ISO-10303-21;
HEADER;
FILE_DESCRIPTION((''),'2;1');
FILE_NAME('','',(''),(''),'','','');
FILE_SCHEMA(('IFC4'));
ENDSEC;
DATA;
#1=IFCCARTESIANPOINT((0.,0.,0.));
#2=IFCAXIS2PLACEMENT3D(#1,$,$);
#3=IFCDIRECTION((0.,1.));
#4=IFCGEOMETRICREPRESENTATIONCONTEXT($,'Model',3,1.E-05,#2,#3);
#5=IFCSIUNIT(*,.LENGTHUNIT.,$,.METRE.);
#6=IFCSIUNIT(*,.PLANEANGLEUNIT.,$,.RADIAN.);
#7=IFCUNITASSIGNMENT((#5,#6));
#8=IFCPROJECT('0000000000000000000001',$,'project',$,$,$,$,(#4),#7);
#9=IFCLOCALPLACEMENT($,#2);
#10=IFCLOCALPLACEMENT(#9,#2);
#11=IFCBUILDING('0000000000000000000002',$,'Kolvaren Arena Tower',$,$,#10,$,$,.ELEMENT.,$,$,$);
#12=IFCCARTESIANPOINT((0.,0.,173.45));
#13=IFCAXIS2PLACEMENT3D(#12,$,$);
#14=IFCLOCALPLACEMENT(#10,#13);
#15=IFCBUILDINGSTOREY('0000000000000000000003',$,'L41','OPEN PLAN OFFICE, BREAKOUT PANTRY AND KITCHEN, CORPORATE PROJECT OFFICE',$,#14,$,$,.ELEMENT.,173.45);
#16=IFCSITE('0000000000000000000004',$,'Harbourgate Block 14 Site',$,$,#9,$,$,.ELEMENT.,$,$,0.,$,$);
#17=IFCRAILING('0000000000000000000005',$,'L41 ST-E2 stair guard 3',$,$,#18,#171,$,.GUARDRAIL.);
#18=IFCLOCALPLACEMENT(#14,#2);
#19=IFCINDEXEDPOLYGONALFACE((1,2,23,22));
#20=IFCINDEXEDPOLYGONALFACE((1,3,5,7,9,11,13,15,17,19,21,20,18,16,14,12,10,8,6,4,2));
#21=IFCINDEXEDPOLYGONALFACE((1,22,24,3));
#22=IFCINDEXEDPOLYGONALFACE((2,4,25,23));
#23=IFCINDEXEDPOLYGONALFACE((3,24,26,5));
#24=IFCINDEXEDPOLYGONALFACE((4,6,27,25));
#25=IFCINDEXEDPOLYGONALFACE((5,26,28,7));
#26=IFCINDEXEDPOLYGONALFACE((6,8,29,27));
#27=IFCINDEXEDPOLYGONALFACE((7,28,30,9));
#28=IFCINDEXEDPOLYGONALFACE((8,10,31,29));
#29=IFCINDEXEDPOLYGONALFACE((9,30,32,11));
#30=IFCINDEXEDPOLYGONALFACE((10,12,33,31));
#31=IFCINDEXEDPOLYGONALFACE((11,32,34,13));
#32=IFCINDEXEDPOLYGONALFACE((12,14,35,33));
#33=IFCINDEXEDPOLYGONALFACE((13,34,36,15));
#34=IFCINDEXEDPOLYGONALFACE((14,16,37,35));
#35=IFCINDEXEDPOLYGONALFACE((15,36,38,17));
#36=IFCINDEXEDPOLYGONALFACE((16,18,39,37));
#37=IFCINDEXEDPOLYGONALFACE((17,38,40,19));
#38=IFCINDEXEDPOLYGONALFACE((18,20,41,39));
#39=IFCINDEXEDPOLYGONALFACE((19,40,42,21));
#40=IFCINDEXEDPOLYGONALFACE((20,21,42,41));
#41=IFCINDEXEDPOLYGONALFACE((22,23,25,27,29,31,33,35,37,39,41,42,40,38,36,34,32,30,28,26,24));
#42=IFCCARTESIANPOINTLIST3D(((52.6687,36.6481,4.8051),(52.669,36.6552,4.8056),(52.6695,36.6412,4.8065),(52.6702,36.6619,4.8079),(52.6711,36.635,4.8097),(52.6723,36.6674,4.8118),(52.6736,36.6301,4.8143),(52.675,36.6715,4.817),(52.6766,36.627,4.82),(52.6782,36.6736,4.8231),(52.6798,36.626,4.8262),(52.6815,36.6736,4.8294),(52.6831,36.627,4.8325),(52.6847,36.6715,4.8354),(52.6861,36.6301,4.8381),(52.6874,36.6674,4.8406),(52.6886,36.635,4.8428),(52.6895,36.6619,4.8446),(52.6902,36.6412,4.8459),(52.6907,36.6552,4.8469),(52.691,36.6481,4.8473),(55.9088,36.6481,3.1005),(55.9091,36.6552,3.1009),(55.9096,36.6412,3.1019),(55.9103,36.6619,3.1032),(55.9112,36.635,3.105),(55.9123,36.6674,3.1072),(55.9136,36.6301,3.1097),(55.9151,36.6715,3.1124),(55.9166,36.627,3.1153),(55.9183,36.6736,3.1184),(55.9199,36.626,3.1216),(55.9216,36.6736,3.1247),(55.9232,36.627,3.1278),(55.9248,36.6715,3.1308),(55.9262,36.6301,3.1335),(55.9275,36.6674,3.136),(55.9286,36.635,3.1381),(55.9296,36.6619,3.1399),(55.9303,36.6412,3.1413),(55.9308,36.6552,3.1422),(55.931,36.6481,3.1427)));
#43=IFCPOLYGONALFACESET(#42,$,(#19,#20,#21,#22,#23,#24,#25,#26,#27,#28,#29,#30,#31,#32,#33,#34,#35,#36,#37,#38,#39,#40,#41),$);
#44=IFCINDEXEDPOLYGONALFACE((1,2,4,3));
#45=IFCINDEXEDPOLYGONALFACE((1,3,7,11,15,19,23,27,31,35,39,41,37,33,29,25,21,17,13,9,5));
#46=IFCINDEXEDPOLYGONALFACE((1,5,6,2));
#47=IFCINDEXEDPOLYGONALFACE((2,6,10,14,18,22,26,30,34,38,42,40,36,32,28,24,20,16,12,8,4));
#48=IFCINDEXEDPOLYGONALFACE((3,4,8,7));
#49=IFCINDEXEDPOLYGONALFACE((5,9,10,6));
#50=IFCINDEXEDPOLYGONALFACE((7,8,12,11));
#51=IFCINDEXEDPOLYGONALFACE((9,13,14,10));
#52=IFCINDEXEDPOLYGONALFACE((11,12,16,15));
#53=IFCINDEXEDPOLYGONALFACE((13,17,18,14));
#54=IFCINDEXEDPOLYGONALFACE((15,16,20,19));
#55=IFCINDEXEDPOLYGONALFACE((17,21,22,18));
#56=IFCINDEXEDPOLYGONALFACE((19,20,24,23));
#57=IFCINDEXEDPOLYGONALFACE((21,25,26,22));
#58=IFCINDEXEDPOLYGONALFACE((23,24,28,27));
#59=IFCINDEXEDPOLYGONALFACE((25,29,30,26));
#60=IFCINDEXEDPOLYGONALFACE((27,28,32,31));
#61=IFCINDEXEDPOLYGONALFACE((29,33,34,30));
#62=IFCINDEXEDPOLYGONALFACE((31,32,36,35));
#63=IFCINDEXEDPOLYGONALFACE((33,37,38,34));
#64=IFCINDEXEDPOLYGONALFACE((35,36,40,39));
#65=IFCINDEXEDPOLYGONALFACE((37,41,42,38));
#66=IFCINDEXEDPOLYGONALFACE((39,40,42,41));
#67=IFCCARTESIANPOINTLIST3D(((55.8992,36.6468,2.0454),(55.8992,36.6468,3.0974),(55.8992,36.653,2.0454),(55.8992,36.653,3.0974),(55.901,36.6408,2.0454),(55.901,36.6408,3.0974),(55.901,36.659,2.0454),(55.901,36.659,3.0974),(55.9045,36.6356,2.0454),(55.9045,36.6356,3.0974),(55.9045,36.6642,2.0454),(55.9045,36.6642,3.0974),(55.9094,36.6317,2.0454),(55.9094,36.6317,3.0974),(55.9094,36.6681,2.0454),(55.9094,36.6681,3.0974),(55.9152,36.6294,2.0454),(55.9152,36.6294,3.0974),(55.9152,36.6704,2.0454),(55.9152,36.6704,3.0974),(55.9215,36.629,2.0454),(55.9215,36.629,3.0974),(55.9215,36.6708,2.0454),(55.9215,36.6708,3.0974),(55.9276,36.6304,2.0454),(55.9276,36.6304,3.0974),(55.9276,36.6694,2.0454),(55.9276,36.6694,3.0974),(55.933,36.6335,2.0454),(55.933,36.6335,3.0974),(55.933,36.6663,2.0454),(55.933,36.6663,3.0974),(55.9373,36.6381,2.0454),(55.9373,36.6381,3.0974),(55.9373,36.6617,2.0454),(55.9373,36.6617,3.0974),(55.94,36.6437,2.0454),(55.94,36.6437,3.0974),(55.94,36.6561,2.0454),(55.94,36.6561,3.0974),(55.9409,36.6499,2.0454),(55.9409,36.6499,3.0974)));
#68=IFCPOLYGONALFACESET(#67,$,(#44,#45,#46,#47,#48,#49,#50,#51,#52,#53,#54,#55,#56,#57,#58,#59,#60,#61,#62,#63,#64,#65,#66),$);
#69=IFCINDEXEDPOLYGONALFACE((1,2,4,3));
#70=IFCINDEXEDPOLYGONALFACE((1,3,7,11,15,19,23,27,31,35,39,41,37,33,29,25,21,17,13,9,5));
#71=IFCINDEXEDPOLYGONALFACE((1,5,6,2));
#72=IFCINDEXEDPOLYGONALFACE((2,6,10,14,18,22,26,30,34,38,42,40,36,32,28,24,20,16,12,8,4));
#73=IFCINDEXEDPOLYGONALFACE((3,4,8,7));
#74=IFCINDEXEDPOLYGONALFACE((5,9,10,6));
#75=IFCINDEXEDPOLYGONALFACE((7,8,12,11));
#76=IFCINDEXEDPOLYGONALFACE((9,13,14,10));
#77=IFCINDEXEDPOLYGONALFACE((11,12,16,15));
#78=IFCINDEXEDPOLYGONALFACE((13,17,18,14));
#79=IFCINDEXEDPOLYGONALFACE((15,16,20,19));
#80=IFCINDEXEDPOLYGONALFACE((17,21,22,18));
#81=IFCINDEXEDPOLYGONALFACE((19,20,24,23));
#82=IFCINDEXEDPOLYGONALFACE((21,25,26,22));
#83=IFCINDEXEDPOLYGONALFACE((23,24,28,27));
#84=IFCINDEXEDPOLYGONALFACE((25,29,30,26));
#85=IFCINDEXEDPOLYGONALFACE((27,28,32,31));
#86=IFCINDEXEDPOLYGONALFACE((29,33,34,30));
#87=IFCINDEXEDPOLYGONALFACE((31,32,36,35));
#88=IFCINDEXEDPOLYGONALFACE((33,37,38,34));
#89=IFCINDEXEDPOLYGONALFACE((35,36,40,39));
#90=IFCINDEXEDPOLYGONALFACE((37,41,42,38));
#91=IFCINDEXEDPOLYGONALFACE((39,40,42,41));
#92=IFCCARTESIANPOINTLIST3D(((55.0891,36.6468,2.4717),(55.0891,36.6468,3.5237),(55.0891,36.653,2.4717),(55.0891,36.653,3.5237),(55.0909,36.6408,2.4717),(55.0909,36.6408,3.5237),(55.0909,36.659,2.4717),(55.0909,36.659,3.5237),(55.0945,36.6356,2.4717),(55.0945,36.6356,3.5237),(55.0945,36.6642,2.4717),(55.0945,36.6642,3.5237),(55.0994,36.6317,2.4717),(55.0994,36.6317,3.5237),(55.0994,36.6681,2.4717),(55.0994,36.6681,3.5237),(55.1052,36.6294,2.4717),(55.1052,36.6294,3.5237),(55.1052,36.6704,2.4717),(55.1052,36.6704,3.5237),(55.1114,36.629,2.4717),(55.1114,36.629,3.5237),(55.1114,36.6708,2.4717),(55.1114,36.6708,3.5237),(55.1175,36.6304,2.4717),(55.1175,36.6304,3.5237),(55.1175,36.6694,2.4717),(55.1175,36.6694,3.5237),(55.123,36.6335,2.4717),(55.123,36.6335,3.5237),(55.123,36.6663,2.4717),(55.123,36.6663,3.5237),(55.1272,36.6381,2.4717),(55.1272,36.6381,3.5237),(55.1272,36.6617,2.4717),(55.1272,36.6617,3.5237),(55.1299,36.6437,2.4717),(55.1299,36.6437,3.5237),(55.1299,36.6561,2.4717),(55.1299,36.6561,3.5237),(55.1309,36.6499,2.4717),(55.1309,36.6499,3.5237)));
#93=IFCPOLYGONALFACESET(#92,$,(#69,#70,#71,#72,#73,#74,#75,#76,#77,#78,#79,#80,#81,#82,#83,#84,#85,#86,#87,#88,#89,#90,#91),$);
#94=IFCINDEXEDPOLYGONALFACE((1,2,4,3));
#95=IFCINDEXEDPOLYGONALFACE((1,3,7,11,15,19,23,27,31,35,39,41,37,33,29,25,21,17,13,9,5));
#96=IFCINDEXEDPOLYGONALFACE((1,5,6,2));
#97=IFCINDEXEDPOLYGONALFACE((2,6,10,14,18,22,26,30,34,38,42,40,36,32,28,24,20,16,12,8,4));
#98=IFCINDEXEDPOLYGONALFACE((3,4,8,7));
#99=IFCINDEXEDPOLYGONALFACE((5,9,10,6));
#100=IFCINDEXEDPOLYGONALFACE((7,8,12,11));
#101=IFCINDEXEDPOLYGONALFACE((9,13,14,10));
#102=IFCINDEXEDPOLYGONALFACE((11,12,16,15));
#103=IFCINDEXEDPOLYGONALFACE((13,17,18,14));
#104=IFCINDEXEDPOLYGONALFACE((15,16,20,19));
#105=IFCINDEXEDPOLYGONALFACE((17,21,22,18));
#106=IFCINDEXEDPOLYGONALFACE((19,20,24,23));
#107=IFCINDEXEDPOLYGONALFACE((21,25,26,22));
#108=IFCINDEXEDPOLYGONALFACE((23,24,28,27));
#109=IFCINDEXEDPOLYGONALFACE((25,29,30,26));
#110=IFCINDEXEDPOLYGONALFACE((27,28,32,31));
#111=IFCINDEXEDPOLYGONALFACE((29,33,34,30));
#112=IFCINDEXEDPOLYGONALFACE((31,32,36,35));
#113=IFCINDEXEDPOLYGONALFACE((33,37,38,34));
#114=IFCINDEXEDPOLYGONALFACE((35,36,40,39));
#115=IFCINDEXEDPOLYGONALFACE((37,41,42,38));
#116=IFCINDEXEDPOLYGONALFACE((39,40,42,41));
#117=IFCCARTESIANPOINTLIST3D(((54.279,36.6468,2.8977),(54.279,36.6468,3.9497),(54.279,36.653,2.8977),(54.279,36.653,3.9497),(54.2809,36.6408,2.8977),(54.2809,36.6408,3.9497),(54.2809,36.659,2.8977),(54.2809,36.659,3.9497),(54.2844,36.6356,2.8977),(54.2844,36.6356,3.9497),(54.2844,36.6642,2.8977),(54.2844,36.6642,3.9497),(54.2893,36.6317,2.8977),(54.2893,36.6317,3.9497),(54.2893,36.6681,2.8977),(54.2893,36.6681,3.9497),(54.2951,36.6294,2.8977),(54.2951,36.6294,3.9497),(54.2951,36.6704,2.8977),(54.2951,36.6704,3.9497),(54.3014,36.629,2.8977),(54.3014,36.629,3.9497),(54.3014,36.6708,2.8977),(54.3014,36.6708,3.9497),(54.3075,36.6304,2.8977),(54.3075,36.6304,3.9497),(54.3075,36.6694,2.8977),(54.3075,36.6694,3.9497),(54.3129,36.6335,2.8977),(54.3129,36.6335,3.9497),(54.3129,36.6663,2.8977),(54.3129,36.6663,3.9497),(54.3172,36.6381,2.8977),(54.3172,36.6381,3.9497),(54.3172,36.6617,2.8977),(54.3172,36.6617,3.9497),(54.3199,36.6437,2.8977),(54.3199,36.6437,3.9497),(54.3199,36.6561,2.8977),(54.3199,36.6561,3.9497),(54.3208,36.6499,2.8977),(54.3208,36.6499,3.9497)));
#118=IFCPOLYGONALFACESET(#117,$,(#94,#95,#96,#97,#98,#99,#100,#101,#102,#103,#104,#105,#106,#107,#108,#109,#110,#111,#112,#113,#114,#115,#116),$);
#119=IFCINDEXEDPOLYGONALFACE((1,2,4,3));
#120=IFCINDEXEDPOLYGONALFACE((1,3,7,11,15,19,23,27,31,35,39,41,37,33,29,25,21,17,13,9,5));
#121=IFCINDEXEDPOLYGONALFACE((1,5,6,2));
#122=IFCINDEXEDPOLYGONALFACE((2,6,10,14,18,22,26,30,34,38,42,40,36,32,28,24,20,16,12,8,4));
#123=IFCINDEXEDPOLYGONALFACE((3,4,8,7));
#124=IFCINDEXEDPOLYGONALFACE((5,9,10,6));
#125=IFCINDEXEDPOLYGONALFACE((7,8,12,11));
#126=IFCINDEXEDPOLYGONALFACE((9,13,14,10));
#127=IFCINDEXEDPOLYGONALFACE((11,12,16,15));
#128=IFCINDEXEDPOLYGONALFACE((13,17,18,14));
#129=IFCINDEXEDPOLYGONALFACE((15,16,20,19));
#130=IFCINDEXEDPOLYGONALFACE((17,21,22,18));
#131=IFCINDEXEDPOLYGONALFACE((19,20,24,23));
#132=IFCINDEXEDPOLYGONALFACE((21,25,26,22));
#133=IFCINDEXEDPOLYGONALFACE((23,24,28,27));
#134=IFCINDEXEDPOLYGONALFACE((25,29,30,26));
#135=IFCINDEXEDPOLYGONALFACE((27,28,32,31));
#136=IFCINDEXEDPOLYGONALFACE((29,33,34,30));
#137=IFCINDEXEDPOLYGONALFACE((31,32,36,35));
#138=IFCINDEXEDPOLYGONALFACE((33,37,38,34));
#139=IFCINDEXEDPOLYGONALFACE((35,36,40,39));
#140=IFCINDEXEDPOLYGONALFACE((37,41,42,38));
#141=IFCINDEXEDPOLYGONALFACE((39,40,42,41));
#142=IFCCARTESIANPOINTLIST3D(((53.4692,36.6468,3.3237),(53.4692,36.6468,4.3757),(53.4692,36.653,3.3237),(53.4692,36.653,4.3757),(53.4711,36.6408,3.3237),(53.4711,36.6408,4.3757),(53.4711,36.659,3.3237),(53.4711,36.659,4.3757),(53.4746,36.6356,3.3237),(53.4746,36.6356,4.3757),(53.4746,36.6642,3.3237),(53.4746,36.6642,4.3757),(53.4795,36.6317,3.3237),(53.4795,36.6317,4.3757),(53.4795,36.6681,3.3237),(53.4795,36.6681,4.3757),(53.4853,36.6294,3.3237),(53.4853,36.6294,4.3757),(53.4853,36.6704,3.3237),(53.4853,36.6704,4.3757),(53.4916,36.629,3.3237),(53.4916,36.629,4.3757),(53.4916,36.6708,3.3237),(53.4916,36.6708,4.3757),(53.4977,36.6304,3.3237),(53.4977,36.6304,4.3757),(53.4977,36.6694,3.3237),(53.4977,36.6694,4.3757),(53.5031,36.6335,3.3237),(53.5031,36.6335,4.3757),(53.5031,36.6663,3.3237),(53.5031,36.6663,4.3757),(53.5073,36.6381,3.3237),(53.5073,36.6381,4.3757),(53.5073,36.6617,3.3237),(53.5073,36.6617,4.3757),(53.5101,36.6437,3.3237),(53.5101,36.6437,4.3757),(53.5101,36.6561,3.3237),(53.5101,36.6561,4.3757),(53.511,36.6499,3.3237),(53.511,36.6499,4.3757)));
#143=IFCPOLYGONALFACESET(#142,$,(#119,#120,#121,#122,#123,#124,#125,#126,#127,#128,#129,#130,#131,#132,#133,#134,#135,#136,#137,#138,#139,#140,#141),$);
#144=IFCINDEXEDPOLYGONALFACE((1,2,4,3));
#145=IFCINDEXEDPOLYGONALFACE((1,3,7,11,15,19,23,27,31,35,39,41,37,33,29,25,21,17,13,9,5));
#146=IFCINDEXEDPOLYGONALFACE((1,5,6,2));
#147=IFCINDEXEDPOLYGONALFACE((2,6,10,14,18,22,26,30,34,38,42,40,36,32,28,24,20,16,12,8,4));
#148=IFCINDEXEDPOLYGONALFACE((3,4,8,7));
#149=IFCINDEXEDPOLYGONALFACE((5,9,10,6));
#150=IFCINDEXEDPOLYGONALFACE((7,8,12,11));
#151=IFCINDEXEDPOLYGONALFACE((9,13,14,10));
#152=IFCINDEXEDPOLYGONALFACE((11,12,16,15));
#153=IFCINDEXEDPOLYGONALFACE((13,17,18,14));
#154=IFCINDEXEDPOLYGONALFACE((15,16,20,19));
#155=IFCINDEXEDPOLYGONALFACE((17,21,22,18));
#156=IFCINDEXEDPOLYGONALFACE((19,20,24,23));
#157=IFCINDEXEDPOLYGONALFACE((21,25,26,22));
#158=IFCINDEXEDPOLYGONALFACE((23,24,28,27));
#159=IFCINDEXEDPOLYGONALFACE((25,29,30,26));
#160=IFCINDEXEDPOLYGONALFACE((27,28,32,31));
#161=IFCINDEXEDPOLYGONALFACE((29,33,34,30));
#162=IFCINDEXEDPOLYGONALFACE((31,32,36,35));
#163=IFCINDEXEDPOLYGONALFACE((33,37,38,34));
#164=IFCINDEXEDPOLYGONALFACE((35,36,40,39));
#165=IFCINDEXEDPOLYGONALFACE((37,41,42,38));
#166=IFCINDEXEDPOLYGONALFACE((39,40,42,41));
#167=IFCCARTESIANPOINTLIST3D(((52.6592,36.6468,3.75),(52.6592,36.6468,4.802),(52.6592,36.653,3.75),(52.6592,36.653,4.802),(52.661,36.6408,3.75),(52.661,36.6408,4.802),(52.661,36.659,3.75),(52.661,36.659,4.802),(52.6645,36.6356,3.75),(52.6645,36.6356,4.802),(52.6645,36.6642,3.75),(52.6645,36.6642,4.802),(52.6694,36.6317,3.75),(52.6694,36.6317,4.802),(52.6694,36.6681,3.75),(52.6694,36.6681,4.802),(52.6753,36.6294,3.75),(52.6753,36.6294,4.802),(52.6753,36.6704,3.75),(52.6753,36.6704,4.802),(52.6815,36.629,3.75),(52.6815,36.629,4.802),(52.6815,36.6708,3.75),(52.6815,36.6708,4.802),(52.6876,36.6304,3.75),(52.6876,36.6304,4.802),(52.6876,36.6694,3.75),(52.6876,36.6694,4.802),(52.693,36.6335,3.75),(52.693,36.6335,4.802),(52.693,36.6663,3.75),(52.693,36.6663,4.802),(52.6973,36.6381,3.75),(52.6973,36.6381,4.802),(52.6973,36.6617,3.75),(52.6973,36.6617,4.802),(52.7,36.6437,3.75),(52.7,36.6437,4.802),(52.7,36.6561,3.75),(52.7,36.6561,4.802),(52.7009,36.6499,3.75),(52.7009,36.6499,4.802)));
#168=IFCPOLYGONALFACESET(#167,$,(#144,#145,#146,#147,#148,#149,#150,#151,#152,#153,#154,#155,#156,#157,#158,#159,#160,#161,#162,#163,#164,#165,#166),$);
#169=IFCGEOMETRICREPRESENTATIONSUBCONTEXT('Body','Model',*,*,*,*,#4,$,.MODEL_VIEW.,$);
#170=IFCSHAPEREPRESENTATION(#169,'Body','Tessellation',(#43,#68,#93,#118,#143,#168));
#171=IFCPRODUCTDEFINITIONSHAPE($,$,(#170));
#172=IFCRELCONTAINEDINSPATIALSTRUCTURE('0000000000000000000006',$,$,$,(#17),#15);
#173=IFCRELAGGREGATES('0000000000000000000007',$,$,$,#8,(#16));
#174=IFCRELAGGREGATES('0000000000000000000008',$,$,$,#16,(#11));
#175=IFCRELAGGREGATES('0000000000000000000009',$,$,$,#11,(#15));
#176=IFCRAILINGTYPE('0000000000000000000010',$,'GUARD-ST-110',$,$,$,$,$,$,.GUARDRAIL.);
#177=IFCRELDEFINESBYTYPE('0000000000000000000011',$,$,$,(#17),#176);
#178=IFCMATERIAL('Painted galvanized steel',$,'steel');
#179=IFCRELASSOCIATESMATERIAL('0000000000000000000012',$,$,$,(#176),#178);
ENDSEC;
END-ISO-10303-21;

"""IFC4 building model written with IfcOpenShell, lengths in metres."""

from ifc_helpers import new_model, si_unit, direction, frame, origin, origin_2d, place, context, subcontext, project, spatial, circle, extrude, material, type_object, element, save


model = new_model("IFC4")

# Units and contexts
model_context = context("Model", 3, precision=1e-05, world=origin(), true_north=direction((0.0, 1.0)))
body_context = subcontext(model_context, "Body", "Model", "MODEL_VIEW")
ifc_project = project(units=[si_unit("LENGTHUNIT", "METRE"), si_unit("PLANEANGLEUNIT", "RADIAN")], contexts=[model_context])

# Site, building, storey
site_placement = place(None, origin())
site = spatial("IfcSite", under=ifc_project, at=site_placement, Name="Harbourgate Block 14 Site", CompositionType="ELEMENT", RefElevation=0.0)
building_placement = place(site_placement, origin())
building = spatial("IfcBuilding", under=site, at=building_placement, Name="Kolvaren Arena Tower", CompositionType="ELEMENT")
storey_placement = place(building_placement, frame((0.0, 0.0, 173.45)))
storey = spatial("IfcBuildingStorey", under=building, at=storey_placement, Name="L41", Description="OPEN PLAN OFFICE, BREAKOUT PANTRY AND KITCHEN, CORPORATE PROJECT OFFICE", CompositionType="ELEMENT", Elevation=173.45)

# Railing
ifc_material_1 = material(Name="Painted galvanized steel", Category="steel")
railing_type_1 = type_object("IfcRailingType", Name="GUARD-ST-110", PredefinedType="GUARDRAIL", material=ifc_material_1)
railing_1_placement = place(storey_placement, frame((55.9199, 36.6499, 2.0454)))
element("IfcRailing", 1, at=railing_1_placement, inside=storey, type_object=railing_type_1, Name="L41 ST-E2 stair guard 3", PredefinedType="GUARDRAIL", context=body_context, shape_type="SweptSolid", body=[
    extrude(circle(Radius=0.0239, at=origin_2d()), frame((0.0, 0.0, 1.0762), z_axis=(-0.884993, 0.0, 0.465604), x_axis=(0.0, -1.0, 0.0)), (0.0, 0.0, 1.0), 3.6611),
    extrude(circle(Radius=0.021, at=origin_2d()), origin(), (0.0, 0.0, 1.0), 1.052),
    extrude(circle(Radius=0.021, at=origin_2d()), frame((-0.8101, 0.0, 0.4263)), (0.0, 0.0, 1.0), 1.052),
    extrude(circle(Radius=0.021, at=origin_2d()), frame((-1.6201, 0.0, 0.8523)), (0.0, 0.0, 1.0), 1.052),
    extrude(circle(Radius=0.021, at=origin_2d()), frame((-2.4299, 0.0, 1.2783)), (0.0, 0.0, 1.0), 1.052),
    extrude(circle(Radius=0.021, at=origin_2d()), frame((-3.24, 0.0, 1.7046)), (0.0, 0.0, 1.0), 1.052),
])

save(model, "model.ifc")
